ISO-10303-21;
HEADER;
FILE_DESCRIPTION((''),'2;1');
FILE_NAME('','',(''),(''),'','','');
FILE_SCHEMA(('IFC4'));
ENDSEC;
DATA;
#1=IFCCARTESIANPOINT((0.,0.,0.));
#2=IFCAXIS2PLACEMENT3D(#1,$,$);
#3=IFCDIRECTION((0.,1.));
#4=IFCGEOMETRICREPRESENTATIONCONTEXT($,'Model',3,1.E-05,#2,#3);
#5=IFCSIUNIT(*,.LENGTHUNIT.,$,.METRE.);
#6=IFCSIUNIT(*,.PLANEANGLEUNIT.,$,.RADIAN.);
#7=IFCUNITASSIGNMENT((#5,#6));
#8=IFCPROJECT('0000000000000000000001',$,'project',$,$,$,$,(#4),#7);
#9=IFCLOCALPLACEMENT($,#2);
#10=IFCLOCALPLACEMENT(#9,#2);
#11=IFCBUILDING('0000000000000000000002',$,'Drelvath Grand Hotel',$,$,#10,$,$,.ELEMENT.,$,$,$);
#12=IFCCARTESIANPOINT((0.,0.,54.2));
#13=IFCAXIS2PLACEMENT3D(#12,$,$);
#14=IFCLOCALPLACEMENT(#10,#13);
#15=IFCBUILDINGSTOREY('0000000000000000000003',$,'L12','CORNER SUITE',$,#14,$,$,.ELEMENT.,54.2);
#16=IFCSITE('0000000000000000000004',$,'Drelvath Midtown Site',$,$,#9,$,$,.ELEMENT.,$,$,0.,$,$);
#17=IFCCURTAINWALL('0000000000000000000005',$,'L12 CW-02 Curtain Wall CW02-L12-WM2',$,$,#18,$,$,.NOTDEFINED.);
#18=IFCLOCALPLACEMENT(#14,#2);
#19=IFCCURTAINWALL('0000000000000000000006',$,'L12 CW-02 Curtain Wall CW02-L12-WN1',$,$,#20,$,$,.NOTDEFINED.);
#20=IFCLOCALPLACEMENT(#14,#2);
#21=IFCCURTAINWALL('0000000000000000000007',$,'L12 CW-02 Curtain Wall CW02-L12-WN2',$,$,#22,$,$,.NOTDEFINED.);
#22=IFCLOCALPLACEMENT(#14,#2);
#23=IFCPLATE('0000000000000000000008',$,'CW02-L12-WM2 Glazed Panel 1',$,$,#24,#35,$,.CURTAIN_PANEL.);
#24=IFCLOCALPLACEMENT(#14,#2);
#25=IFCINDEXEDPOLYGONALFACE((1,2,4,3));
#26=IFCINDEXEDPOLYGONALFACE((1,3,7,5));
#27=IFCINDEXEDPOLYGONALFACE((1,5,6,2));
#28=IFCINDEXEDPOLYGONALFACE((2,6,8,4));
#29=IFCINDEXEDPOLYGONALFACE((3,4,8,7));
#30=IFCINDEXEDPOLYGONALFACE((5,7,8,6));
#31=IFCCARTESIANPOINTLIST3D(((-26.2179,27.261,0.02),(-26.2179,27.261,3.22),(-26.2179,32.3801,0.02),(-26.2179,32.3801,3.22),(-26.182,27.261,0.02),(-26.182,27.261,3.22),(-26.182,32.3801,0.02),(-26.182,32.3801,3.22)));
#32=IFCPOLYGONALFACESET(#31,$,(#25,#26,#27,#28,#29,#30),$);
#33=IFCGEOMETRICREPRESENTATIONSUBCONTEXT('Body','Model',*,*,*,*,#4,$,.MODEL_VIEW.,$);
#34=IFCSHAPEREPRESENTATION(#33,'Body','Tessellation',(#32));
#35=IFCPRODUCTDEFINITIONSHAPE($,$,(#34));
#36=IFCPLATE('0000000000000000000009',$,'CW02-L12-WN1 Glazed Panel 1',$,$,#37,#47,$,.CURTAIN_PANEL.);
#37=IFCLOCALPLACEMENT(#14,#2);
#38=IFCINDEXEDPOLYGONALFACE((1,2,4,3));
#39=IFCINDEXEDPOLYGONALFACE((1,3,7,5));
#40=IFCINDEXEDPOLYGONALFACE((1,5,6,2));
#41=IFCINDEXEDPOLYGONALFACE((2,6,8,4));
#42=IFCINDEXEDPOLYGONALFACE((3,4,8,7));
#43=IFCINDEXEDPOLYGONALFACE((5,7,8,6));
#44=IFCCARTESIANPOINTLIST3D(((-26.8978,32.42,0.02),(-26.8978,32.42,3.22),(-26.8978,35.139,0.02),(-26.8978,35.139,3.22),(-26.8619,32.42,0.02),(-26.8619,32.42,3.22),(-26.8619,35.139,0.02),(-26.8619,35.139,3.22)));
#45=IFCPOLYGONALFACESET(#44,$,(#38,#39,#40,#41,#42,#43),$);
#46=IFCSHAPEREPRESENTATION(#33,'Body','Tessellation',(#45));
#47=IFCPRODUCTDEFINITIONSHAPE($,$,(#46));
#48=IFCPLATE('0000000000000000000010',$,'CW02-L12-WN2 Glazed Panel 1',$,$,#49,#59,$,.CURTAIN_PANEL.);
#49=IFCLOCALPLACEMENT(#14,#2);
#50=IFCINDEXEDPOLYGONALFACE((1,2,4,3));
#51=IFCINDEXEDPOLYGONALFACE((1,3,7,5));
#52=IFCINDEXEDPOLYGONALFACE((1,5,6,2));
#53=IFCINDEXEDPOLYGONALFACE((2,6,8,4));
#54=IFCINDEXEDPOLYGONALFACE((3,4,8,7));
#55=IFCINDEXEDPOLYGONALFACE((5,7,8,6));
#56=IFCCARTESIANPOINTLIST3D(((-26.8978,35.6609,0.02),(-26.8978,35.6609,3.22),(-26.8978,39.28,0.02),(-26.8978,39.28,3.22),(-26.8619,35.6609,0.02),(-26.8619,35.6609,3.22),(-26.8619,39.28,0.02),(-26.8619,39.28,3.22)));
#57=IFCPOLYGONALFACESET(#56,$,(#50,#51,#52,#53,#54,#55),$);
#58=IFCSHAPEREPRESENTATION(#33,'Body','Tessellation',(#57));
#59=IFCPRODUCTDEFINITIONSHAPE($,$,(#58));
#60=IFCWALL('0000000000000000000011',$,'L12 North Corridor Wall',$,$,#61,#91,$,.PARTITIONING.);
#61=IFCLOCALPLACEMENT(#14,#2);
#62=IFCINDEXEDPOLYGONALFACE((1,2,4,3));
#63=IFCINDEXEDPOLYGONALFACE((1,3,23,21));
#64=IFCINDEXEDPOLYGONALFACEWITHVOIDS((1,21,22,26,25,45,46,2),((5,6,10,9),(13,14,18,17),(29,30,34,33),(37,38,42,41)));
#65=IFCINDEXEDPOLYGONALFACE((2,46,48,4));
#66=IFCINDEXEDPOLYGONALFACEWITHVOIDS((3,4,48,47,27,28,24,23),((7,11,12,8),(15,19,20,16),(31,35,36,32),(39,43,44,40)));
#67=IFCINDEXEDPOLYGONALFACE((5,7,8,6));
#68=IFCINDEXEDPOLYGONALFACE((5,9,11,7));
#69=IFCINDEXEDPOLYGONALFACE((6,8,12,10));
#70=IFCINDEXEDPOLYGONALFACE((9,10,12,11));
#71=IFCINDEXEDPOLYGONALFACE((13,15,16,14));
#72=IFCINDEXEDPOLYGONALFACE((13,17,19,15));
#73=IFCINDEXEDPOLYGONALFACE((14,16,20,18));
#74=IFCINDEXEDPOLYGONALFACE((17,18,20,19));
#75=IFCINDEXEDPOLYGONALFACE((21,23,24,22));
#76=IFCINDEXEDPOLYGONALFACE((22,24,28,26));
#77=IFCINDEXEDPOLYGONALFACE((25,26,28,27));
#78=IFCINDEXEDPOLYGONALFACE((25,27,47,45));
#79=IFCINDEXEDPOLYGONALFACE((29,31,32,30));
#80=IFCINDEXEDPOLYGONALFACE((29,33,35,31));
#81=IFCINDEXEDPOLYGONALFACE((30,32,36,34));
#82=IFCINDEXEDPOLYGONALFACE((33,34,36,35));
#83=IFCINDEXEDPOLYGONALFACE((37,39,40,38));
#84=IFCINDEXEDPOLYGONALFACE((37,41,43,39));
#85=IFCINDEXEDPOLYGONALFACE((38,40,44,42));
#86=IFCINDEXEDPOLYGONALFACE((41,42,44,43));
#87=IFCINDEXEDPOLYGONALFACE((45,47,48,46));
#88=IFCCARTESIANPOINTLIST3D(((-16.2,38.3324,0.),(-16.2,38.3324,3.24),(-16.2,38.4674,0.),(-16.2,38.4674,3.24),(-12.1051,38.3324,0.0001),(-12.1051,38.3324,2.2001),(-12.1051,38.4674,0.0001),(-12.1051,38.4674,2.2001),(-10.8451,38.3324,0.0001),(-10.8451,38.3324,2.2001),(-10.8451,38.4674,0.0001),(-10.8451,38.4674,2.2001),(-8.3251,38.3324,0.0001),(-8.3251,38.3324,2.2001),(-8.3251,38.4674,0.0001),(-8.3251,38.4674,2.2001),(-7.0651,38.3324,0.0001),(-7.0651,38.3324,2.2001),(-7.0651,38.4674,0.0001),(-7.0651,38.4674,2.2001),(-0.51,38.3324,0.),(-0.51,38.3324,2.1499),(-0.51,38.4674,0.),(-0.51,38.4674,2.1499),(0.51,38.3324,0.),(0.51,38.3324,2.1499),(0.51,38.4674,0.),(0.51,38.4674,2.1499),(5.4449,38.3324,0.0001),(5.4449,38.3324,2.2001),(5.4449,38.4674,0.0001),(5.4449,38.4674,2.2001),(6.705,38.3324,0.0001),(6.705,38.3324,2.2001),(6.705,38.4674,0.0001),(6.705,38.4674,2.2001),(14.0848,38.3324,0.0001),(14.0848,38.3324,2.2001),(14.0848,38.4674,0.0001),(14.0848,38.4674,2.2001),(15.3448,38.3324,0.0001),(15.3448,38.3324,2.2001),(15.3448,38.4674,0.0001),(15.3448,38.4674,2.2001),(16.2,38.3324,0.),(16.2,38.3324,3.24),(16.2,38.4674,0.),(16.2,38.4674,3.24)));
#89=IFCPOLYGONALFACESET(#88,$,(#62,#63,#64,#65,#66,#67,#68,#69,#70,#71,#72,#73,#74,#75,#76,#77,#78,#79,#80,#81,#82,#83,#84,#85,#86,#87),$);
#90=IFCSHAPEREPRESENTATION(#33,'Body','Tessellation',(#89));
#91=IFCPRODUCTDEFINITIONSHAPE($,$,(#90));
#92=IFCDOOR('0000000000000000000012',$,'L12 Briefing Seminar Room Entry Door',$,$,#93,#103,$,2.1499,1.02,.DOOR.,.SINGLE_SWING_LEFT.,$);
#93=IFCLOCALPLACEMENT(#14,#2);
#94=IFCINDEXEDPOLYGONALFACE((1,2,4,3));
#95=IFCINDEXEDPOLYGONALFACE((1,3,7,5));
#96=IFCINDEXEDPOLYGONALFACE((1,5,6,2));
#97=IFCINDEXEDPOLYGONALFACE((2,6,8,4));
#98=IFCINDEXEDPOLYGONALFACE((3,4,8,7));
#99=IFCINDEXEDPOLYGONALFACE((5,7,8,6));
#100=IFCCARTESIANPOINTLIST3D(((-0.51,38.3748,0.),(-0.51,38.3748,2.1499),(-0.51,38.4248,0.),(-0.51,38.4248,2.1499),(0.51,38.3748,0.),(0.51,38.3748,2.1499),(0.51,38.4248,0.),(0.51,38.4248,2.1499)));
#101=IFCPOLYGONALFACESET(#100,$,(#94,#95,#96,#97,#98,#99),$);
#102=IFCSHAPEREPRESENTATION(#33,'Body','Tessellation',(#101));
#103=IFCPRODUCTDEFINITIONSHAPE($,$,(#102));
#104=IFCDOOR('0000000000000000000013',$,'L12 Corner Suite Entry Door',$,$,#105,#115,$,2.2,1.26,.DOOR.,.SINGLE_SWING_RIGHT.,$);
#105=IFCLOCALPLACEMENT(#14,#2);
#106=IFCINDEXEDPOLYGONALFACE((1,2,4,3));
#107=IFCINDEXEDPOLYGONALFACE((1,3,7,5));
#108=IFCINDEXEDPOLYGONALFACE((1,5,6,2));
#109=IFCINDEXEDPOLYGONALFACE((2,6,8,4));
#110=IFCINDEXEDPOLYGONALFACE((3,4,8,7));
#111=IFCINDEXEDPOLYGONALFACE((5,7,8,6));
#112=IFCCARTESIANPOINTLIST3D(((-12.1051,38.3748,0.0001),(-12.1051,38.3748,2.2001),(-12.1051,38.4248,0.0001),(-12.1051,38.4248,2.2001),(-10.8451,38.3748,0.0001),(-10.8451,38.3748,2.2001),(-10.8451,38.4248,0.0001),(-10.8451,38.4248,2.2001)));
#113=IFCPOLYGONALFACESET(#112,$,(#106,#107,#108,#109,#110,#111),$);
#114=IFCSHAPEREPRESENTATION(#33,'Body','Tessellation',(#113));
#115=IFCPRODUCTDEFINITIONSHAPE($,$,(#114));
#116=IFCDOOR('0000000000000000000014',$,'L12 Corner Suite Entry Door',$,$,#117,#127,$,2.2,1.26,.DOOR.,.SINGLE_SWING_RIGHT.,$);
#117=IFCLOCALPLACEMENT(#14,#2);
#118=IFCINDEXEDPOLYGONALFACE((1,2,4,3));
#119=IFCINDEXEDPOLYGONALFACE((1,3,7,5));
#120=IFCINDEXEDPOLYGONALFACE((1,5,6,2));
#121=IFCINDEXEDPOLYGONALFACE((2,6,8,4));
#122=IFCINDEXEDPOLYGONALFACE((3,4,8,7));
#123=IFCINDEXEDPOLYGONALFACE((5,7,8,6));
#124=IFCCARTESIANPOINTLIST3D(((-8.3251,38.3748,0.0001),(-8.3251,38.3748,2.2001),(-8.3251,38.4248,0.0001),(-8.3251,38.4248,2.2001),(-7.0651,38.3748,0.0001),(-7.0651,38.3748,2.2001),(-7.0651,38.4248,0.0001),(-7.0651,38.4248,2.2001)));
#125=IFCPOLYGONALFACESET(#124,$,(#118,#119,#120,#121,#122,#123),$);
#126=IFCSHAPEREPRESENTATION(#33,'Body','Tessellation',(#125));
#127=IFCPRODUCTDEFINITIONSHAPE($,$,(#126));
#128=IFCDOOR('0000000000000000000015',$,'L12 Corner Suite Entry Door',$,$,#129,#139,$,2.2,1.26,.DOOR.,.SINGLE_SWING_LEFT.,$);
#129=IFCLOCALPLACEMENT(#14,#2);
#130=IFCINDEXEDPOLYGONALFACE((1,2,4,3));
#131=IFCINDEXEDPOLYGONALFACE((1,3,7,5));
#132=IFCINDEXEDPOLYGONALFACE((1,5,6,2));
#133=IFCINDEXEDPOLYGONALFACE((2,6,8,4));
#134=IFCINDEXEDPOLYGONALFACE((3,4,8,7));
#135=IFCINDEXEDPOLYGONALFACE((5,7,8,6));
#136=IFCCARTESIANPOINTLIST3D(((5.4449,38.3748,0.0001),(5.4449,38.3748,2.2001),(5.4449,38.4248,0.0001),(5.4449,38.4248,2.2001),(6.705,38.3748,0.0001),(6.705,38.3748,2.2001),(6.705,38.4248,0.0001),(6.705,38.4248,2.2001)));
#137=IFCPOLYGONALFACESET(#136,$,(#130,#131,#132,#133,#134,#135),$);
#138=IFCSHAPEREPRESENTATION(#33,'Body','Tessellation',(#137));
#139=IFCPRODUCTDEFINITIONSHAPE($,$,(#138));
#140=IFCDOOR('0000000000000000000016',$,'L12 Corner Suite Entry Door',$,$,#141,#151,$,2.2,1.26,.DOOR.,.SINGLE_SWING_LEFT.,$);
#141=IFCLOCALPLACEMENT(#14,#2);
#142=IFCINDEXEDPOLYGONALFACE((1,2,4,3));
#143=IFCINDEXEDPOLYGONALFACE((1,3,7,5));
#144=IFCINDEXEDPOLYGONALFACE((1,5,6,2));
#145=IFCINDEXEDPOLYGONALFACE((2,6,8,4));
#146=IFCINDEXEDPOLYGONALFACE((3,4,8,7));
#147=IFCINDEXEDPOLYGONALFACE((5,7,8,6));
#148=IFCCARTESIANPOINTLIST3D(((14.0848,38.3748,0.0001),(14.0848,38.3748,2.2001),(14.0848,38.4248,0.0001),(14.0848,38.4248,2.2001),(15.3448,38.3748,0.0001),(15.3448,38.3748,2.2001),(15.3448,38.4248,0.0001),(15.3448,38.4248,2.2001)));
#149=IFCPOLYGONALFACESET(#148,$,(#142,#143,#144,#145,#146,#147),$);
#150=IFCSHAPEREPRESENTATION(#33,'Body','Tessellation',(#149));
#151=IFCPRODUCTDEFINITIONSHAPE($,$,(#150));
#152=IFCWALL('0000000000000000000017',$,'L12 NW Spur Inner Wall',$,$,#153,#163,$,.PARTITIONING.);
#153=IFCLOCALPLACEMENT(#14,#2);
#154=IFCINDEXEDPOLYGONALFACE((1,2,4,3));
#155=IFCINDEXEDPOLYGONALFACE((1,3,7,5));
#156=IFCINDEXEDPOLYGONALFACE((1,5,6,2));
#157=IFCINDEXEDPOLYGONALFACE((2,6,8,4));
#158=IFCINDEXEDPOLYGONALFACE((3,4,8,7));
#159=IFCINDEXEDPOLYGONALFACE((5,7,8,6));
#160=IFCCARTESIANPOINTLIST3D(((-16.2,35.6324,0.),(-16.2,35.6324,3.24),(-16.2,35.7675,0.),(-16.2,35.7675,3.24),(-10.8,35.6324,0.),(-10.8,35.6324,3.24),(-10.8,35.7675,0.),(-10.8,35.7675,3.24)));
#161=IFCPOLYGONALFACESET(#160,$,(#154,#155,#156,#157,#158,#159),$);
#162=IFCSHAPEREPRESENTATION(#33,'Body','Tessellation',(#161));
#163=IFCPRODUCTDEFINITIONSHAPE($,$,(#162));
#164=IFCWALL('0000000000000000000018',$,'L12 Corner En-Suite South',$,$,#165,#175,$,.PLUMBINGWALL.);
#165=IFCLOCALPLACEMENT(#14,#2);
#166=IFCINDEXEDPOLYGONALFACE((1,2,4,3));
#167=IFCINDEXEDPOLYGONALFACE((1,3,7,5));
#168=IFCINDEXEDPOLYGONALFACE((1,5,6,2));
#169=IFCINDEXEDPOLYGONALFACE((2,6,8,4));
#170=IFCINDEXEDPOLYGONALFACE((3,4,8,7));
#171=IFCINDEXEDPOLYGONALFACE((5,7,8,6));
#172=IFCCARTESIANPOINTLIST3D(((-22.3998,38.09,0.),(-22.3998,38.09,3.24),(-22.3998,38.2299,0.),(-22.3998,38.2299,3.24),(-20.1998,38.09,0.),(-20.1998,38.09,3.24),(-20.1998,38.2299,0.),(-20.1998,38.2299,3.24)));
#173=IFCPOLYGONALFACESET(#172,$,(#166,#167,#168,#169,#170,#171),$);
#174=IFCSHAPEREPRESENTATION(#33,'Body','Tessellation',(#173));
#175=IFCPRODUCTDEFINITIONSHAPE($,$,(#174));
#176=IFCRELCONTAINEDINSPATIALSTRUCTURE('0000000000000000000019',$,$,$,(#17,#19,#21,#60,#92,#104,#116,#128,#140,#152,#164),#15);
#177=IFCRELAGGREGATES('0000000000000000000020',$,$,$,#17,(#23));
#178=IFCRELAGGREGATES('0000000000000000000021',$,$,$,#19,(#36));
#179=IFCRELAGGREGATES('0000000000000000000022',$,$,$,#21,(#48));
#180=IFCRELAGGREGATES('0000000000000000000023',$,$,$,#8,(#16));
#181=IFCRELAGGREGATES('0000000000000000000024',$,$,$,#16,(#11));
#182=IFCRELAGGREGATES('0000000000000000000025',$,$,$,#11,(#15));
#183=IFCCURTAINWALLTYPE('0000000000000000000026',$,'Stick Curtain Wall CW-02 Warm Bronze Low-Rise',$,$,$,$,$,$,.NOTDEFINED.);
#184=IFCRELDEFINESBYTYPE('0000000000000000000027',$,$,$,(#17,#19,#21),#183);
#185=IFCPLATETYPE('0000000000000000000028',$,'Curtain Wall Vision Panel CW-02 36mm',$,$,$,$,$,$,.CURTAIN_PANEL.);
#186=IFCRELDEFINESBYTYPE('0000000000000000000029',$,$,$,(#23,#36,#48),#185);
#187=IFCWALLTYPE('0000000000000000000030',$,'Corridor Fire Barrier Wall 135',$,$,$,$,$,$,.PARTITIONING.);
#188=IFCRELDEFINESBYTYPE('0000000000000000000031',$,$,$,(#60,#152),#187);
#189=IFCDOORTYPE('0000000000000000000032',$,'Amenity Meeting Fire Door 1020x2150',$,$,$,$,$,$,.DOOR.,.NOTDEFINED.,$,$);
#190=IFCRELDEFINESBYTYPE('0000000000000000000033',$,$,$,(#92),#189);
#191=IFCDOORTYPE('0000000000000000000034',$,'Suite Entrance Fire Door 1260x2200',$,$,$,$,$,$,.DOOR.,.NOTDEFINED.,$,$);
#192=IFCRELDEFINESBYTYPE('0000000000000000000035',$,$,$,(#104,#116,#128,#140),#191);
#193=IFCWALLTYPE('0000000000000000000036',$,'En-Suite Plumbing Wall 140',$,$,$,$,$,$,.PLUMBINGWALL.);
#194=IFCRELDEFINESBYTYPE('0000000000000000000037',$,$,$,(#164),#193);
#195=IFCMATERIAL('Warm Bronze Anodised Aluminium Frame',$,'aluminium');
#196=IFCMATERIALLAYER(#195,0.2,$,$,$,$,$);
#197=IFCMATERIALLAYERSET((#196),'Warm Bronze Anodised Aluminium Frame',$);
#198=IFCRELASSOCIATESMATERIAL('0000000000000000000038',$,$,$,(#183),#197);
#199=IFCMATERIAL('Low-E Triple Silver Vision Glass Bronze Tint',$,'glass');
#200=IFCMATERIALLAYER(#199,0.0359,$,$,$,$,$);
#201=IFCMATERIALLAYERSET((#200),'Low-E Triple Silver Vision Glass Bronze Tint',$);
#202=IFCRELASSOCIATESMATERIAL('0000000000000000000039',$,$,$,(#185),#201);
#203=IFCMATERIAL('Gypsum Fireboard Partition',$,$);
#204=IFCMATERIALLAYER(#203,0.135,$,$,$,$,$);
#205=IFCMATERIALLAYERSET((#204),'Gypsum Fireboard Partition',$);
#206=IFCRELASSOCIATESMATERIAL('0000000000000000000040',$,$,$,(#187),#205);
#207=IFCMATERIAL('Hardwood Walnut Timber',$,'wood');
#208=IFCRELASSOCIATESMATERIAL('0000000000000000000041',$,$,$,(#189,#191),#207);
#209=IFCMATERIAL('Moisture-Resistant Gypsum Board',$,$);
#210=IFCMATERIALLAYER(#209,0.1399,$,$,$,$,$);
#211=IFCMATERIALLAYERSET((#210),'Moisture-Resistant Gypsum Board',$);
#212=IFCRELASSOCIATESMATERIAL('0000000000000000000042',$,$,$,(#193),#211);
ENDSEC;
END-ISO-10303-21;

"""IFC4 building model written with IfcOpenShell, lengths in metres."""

from ifc_helpers import new_model, si_unit, direction, frame, frame_2d, origin, origin_2d, place, context, subcontext, project, spatial, rectangle, extrude, material, layer, layer_set, type_object, element, fill, aggregate, save


model = new_model("IFC4")

# Units and contexts
model_context = context("Model", 3, precision=1e-05, world=origin(), true_north=direction((0.0, 1.0)))
body_context = subcontext(model_context, "Body", "Model", "MODEL_VIEW")
ifc_project = project(units=[si_unit("LENGTHUNIT", "METRE"), si_unit("PLANEANGLEUNIT", "RADIAN")], contexts=[model_context])

# Site, building, storey
site_placement = place(None, origin())
site = spatial("IfcSite", under=ifc_project, at=site_placement, Name="Drelvath Midtown Site", CompositionType="ELEMENT", RefElevation=0.0)
building_placement = place(site_placement, origin())
building = spatial("IfcBuilding", under=site, at=building_placement, Name="Drelvath Grand Hotel", CompositionType="ELEMENT")
storey_placement = place(building_placement, frame((0.0, 0.0, 54.2)))
storey = spatial("IfcBuildingStorey", under=building, at=storey_placement, Name="L12", Description="CORNER SUITE", CompositionType="ELEMENT", Elevation=54.2)

# Curtain walls
ifc_material_1 = material(Name="Warm Bronze Anodised Aluminium Frame", Category="aluminium")
ifc_layer_1 = layer(ifc_material_1, 0.2)
ifc_layer_set_1 = layer_set([ifc_layer_1], Name="Warm Bronze Anodised Aluminium Frame")
curtain_wall_type = type_object("IfcCurtainWallType", Name="Stick Curtain Wall CW-02 Warm Bronze Low-Rise", PredefinedType="NOTDEFINED", material=ifc_layer_set_1)
curtain_wall_1_placement = place(storey_placement, origin())
curtain_wall_1 = element("IfcCurtainWall", 1, at=curtain_wall_1_placement, inside=storey, type_object=curtain_wall_type, Name="L12 CW-02 Curtain Wall CW02-L12-WM2", PredefinedType="NOTDEFINED")
curtain_wall_2_placement = place(storey_placement, origin())
curtain_wall_2 = element("IfcCurtainWall", 2, at=curtain_wall_2_placement, inside=storey, type_object=curtain_wall_type, Name="L12 CW-02 Curtain Wall CW02-L12-WN1", PredefinedType="NOTDEFINED")
curtain_wall_3_placement = place(storey_placement, origin())
curtain_wall_3 = element("IfcCurtainWall", 3, at=curtain_wall_3_placement, inside=storey, type_object=curtain_wall_type, Name="L12 CW-02 Curtain Wall CW02-L12-WN2", PredefinedType="NOTDEFINED")

# Plates
ifc_material_2 = material(Name="Low-E Triple Silver Vision Glass Bronze Tint", Category="glass")
ifc_layer_2 = layer(ifc_material_2, 0.0359)
ifc_layer_set_2 = layer_set([ifc_layer_2], Name="Low-E Triple Silver Vision Glass Bronze Tint")
plate_type = type_object("IfcPlateType", Name="Curtain Wall Vision Panel CW-02 36mm", PredefinedType="CURTAIN_PANEL", material=ifc_layer_set_2)
plate_1_placement = place(storey_placement, frame((-26.2, 29.8206, 0.02), z_axis=(0.0, 0.0, 1.0), x_axis=(0.0, 1.0, 0.0)))
plate_1 = element("IfcPlate", 4, at=plate_1_placement, type_object=plate_type, Name="CW02-L12-WM2 Glazed Panel 1", PredefinedType="CURTAIN_PANEL", context=body_context, shape_type="SweptSolid", body=[
    extrude(rectangle(XDim=5.1191, YDim=0.0359, at=origin_2d()), origin(), (0.0, 0.0, 1.0), 3.2),
])
aggregate(curtain_wall_1, [plate_1])
plate_2_placement = place(storey_placement, frame((-26.8799, 33.7795, 0.02), z_axis=(0.0, 0.0, 1.0), x_axis=(0.0, 1.0, 0.0)))
plate_2 = element("IfcPlate", 5, at=plate_2_placement, type_object=plate_type, Name="CW02-L12-WN1 Glazed Panel 1", PredefinedType="CURTAIN_PANEL", context=body_context, shape_type="SweptSolid", body=[
    extrude(rectangle(XDim=2.719, YDim=0.0359, at=origin_2d()), origin(), (0.0, 0.0, 1.0), 3.2),
])
aggregate(curtain_wall_2, [plate_2])
plate_3_placement = place(storey_placement, frame((-26.8799, 37.4705, 0.02), z_axis=(0.0, 0.0, 1.0), x_axis=(0.0, 1.0, 0.0)))
plate_3 = element("IfcPlate", 6, at=plate_3_placement, type_object=plate_type, Name="CW02-L12-WN2 Glazed Panel 1", PredefinedType="CURTAIN_PANEL", context=body_context, shape_type="SweptSolid", body=[
    extrude(rectangle(XDim=3.6191, YDim=0.0359, at=origin_2d()), origin(), (0.0, 0.0, 1.0), 3.2),
])
aggregate(curtain_wall_3, [plate_3])

# Wall, openings, doors
ifc_material_3 = material(Name="Gypsum Fireboard Partition")
ifc_layer_3 = layer(ifc_material_3, 0.135)
ifc_layer_set_3 = layer_set([ifc_layer_3], Name="Gypsum Fireboard Partition")
wall_type_1 = type_object("IfcWallType", Name="Corridor Fire Barrier Wall 135", PredefinedType="PARTITIONING", material=ifc_layer_set_3)
wall_1_placement = place(storey_placement, frame((-16.2, 38.3999, 0.0), z_axis=(0.0, 0.0, 1.0), x_axis=(1.0, 0.0, 0.0)))
wall_1 = element("IfcWall", 7, at=wall_1_placement, inside=storey, type_object=wall_type_1, Name="L12 North Corridor Wall", PredefinedType="PARTITIONING", context=body_context, shape_type="SweptSolid", body=[
    extrude(rectangle(XDim=32.3999, YDim=0.135, at=frame_2d((16.2, 0.0))), origin(), (0.0, 0.0, 1.0), 3.24),
])
opening_1_placement = place(wall_1_placement, frame((4.095, 0.0, 0.0)))
opening_1 = element("IfcOpeningElement", 8, at=opening_1_placement, cuts=wall_1, PredefinedType="OPENING", context=body_context, shape_type="SweptSolid", body=[
    extrude(rectangle(XDim=1.26, YDim=2.2, at=frame_2d((0.6299, 1.1001))), frame((0.0, 0.0774, 0.0), z_axis=(0.0, -1.0, 0.0), x_axis=(1.0, 0.0, 0.0)), (0.0, 0.0, 1.0), 0.155),
])
opening_2_placement = place(wall_1_placement, frame((7.875, 0.0, 0.0)))
opening_2 = element("IfcOpeningElement", 9, at=opening_2_placement, cuts=wall_1, PredefinedType="OPENING", context=body_context, shape_type="SweptSolid", body=[
    extrude(rectangle(XDim=1.26, YDim=2.2, at=frame_2d((0.6299, 1.1001))), frame((0.0, 0.0774, 0.0), z_axis=(0.0, -1.0, 0.0), x_axis=(1.0, 0.0, 0.0)), (0.0, 0.0, 1.0), 0.155),
])
opening_3_placement = place(wall_1_placement, frame((15.6899, 0.0, 0.0)))
opening_3 = element("IfcOpeningElement", 10, at=opening_3_placement, cuts=wall_1, PredefinedType="OPENING", context=body_context, shape_type="SweptSolid", body=[
    extrude(rectangle(XDim=1.02, YDim=2.1499, at=frame_2d((0.51, 1.075))), frame((0.0, 0.0774, 0.0), z_axis=(0.0, -1.0, 0.0), x_axis=(1.0, 0.0, 0.0)), (0.0, 0.0, 1.0), 0.155),
])
opening_4_placement = place(wall_1_placement, frame((21.645, 0.0, 0.0)))
opening_4 = element("IfcOpeningElement", 11, at=opening_4_placement, cuts=wall_1, PredefinedType="OPENING", context=body_context, shape_type="SweptSolid", body=[
    extrude(rectangle(XDim=1.26, YDim=2.2, at=frame_2d((0.6299, 1.1001))), frame((0.0, 0.0774, 0.0), z_axis=(0.0, -1.0, 0.0), x_axis=(1.0, 0.0, 0.0)), (0.0, 0.0, 1.0), 0.155),
])
opening_5_placement = place(wall_1_placement, frame((30.2849, 0.0, 0.0)))
opening_5 = element("IfcOpeningElement", 12, at=opening_5_placement, cuts=wall_1, PredefinedType="OPENING", context=body_context, shape_type="SweptSolid", body=[
    extrude(rectangle(XDim=1.26, YDim=2.2, at=frame_2d((0.6299, 1.1001))), frame((0.0, 0.0774, 0.0), z_axis=(0.0, -1.0, 0.0), x_axis=(1.0, 0.0, 0.0)), (0.0, 0.0, 1.0), 0.155),
])
ifc_material_4 = material(Name="Hardwood Walnut Timber", Category="wood")
door_type_1 = type_object("IfcDoorType", Name="Amenity Meeting Fire Door 1020x2150", OperationType="NOTDEFINED", PredefinedType="DOOR", material=ifc_material_4)
door_1_placement = place(opening_3_placement, origin())
door_1 = element("IfcDoor", 13, at=door_1_placement, inside=storey, type_object=door_type_1, Name="L12 Briefing Seminar Room Entry Door", OperationType="SINGLE_SWING_LEFT", OverallHeight=2.1499, OverallWidth=1.02, PredefinedType="DOOR", context=body_context, shape_type="SweptSolid", body=[
    extrude(rectangle(XDim=1.02, YDim=2.1499, at=frame_2d((0.51, 1.075))), frame((0.0, 0.0249, 0.0), z_axis=(0.0, -1.0, 0.0), x_axis=(1.0, 0.0, 0.0)), (0.0, 0.0, 1.0), 0.05),
])
fill(opening_3, door_1)
door_type_2 = type_object("IfcDoorType", Name="Suite Entrance Fire Door 1260x2200", OperationType="NOTDEFINED", PredefinedType="DOOR", material=ifc_material_4)
door_2_placement = place(opening_1_placement, origin())
door_2 = element("IfcDoor", 14, at=door_2_placement, inside=storey, type_object=door_type_2, Name="L12 Corner Suite Entry Door", OperationType="SINGLE_SWING_RIGHT", OverallHeight=2.2, OverallWidth=1.26, PredefinedType="DOOR", context=body_context, shape_type="SweptSolid", body=[
    extrude(rectangle(XDim=1.26, YDim=2.2, at=frame_2d((0.6299, 1.1001))), frame((0.0, 0.0249, 0.0), z_axis=(0.0, -1.0, 0.0), x_axis=(1.0, 0.0, 0.0)), (0.0, 0.0, 1.0), 0.05),
])
fill(opening_1, door_2)
door_3_placement = place(opening_2_placement, origin())
door_3 = element("IfcDoor", 15, at=door_3_placement, inside=storey, type_object=door_type_2, Name="L12 Corner Suite Entry Door", OperationType="SINGLE_SWING_RIGHT", OverallHeight=2.2, OverallWidth=1.26, PredefinedType="DOOR", context=body_context, shape_type="SweptSolid", body=[
    extrude(rectangle(XDim=1.26, YDim=2.2, at=frame_2d((0.6299, 1.1001))), frame((0.0, 0.0249, 0.0), z_axis=(0.0, -1.0, 0.0), x_axis=(1.0, 0.0, 0.0)), (0.0, 0.0, 1.0), 0.05),
])
fill(opening_2, door_3)
door_4_placement = place(opening_4_placement, origin())
door_4 = element("IfcDoor", 16, at=door_4_placement, inside=storey, type_object=door_type_2, Name="L12 Corner Suite Entry Door", OperationType="SINGLE_SWING_LEFT", OverallHeight=2.2, OverallWidth=1.26, PredefinedType="DOOR", context=body_context, shape_type="SweptSolid", body=[
    extrude(rectangle(XDim=1.26, YDim=2.2, at=frame_2d((0.6299, 1.1001))), frame((0.0, 0.0249, 0.0), z_axis=(0.0, -1.0, 0.0), x_axis=(1.0, 0.0, 0.0)), (0.0, 0.0, 1.0), 0.05),
])
fill(opening_4, door_4)
door_5_placement = place(opening_5_placement, origin())
door_5 = element("IfcDoor", 17, at=door_5_placement, inside=storey, type_object=door_type_2, Name="L12 Corner Suite Entry Door", OperationType="SINGLE_SWING_LEFT", OverallHeight=2.2, OverallWidth=1.26, PredefinedType="DOOR", context=body_context, shape_type="SweptSolid", body=[
    extrude(rectangle(XDim=1.26, YDim=2.2, at=frame_2d((0.6299, 1.1001))), frame((0.0, 0.0249, 0.0), z_axis=(0.0, -1.0, 0.0), x_axis=(1.0, 0.0, 0.0)), (0.0, 0.0, 1.0), 0.05),
])
fill(opening_5, door_5)

# Wall
wall_2_placement = place(storey_placement, frame((-16.2, 35.7, 0.0), z_axis=(0.0, 0.0, 1.0), x_axis=(1.0, 0.0, 0.0)))
element("IfcWall", 18, at=wall_2_placement, inside=storey, type_object=wall_type_1, Name="L12 NW Spur Inner Wall", PredefinedType="PARTITIONING", context=body_context, shape_type="SweptSolid", body=[
    extrude(rectangle(XDim=5.3999, YDim=0.135, at=frame_2d((2.7, 0.0))), origin(), (0.0, 0.0, 1.0), 3.24),
])

# Wall
ifc_material_5 = material(Name="Moisture-Resistant Gypsum Board")
ifc_layer_4 = layer(ifc_material_5, 0.1399)
ifc_layer_set_4 = layer_set([ifc_layer_4], Name="Moisture-Resistant Gypsum Board")
wall_type_2 = type_object("IfcWallType", Name="En-Suite Plumbing Wall 140", PredefinedType="PLUMBINGWALL", material=ifc_layer_set_4)
wall_3_placement = place(storey_placement, frame((-22.3999, 38.1599, 0.0), z_axis=(0.0, 0.0, 1.0), x_axis=(1.0, 0.0, 0.0)))
element("IfcWall", 19, at=wall_3_placement, inside=storey, type_object=wall_type_2, Name="L12 Corner En-Suite South", PredefinedType="PLUMBINGWALL", context=body_context, shape_type="SweptSolid", body=[
    extrude(rectangle(XDim=2.2, YDim=0.1399, at=frame_2d((1.1001, 0.0))), origin(), (0.0, 0.0, 1.0), 3.24),
])

save(model, "model.ifc")
